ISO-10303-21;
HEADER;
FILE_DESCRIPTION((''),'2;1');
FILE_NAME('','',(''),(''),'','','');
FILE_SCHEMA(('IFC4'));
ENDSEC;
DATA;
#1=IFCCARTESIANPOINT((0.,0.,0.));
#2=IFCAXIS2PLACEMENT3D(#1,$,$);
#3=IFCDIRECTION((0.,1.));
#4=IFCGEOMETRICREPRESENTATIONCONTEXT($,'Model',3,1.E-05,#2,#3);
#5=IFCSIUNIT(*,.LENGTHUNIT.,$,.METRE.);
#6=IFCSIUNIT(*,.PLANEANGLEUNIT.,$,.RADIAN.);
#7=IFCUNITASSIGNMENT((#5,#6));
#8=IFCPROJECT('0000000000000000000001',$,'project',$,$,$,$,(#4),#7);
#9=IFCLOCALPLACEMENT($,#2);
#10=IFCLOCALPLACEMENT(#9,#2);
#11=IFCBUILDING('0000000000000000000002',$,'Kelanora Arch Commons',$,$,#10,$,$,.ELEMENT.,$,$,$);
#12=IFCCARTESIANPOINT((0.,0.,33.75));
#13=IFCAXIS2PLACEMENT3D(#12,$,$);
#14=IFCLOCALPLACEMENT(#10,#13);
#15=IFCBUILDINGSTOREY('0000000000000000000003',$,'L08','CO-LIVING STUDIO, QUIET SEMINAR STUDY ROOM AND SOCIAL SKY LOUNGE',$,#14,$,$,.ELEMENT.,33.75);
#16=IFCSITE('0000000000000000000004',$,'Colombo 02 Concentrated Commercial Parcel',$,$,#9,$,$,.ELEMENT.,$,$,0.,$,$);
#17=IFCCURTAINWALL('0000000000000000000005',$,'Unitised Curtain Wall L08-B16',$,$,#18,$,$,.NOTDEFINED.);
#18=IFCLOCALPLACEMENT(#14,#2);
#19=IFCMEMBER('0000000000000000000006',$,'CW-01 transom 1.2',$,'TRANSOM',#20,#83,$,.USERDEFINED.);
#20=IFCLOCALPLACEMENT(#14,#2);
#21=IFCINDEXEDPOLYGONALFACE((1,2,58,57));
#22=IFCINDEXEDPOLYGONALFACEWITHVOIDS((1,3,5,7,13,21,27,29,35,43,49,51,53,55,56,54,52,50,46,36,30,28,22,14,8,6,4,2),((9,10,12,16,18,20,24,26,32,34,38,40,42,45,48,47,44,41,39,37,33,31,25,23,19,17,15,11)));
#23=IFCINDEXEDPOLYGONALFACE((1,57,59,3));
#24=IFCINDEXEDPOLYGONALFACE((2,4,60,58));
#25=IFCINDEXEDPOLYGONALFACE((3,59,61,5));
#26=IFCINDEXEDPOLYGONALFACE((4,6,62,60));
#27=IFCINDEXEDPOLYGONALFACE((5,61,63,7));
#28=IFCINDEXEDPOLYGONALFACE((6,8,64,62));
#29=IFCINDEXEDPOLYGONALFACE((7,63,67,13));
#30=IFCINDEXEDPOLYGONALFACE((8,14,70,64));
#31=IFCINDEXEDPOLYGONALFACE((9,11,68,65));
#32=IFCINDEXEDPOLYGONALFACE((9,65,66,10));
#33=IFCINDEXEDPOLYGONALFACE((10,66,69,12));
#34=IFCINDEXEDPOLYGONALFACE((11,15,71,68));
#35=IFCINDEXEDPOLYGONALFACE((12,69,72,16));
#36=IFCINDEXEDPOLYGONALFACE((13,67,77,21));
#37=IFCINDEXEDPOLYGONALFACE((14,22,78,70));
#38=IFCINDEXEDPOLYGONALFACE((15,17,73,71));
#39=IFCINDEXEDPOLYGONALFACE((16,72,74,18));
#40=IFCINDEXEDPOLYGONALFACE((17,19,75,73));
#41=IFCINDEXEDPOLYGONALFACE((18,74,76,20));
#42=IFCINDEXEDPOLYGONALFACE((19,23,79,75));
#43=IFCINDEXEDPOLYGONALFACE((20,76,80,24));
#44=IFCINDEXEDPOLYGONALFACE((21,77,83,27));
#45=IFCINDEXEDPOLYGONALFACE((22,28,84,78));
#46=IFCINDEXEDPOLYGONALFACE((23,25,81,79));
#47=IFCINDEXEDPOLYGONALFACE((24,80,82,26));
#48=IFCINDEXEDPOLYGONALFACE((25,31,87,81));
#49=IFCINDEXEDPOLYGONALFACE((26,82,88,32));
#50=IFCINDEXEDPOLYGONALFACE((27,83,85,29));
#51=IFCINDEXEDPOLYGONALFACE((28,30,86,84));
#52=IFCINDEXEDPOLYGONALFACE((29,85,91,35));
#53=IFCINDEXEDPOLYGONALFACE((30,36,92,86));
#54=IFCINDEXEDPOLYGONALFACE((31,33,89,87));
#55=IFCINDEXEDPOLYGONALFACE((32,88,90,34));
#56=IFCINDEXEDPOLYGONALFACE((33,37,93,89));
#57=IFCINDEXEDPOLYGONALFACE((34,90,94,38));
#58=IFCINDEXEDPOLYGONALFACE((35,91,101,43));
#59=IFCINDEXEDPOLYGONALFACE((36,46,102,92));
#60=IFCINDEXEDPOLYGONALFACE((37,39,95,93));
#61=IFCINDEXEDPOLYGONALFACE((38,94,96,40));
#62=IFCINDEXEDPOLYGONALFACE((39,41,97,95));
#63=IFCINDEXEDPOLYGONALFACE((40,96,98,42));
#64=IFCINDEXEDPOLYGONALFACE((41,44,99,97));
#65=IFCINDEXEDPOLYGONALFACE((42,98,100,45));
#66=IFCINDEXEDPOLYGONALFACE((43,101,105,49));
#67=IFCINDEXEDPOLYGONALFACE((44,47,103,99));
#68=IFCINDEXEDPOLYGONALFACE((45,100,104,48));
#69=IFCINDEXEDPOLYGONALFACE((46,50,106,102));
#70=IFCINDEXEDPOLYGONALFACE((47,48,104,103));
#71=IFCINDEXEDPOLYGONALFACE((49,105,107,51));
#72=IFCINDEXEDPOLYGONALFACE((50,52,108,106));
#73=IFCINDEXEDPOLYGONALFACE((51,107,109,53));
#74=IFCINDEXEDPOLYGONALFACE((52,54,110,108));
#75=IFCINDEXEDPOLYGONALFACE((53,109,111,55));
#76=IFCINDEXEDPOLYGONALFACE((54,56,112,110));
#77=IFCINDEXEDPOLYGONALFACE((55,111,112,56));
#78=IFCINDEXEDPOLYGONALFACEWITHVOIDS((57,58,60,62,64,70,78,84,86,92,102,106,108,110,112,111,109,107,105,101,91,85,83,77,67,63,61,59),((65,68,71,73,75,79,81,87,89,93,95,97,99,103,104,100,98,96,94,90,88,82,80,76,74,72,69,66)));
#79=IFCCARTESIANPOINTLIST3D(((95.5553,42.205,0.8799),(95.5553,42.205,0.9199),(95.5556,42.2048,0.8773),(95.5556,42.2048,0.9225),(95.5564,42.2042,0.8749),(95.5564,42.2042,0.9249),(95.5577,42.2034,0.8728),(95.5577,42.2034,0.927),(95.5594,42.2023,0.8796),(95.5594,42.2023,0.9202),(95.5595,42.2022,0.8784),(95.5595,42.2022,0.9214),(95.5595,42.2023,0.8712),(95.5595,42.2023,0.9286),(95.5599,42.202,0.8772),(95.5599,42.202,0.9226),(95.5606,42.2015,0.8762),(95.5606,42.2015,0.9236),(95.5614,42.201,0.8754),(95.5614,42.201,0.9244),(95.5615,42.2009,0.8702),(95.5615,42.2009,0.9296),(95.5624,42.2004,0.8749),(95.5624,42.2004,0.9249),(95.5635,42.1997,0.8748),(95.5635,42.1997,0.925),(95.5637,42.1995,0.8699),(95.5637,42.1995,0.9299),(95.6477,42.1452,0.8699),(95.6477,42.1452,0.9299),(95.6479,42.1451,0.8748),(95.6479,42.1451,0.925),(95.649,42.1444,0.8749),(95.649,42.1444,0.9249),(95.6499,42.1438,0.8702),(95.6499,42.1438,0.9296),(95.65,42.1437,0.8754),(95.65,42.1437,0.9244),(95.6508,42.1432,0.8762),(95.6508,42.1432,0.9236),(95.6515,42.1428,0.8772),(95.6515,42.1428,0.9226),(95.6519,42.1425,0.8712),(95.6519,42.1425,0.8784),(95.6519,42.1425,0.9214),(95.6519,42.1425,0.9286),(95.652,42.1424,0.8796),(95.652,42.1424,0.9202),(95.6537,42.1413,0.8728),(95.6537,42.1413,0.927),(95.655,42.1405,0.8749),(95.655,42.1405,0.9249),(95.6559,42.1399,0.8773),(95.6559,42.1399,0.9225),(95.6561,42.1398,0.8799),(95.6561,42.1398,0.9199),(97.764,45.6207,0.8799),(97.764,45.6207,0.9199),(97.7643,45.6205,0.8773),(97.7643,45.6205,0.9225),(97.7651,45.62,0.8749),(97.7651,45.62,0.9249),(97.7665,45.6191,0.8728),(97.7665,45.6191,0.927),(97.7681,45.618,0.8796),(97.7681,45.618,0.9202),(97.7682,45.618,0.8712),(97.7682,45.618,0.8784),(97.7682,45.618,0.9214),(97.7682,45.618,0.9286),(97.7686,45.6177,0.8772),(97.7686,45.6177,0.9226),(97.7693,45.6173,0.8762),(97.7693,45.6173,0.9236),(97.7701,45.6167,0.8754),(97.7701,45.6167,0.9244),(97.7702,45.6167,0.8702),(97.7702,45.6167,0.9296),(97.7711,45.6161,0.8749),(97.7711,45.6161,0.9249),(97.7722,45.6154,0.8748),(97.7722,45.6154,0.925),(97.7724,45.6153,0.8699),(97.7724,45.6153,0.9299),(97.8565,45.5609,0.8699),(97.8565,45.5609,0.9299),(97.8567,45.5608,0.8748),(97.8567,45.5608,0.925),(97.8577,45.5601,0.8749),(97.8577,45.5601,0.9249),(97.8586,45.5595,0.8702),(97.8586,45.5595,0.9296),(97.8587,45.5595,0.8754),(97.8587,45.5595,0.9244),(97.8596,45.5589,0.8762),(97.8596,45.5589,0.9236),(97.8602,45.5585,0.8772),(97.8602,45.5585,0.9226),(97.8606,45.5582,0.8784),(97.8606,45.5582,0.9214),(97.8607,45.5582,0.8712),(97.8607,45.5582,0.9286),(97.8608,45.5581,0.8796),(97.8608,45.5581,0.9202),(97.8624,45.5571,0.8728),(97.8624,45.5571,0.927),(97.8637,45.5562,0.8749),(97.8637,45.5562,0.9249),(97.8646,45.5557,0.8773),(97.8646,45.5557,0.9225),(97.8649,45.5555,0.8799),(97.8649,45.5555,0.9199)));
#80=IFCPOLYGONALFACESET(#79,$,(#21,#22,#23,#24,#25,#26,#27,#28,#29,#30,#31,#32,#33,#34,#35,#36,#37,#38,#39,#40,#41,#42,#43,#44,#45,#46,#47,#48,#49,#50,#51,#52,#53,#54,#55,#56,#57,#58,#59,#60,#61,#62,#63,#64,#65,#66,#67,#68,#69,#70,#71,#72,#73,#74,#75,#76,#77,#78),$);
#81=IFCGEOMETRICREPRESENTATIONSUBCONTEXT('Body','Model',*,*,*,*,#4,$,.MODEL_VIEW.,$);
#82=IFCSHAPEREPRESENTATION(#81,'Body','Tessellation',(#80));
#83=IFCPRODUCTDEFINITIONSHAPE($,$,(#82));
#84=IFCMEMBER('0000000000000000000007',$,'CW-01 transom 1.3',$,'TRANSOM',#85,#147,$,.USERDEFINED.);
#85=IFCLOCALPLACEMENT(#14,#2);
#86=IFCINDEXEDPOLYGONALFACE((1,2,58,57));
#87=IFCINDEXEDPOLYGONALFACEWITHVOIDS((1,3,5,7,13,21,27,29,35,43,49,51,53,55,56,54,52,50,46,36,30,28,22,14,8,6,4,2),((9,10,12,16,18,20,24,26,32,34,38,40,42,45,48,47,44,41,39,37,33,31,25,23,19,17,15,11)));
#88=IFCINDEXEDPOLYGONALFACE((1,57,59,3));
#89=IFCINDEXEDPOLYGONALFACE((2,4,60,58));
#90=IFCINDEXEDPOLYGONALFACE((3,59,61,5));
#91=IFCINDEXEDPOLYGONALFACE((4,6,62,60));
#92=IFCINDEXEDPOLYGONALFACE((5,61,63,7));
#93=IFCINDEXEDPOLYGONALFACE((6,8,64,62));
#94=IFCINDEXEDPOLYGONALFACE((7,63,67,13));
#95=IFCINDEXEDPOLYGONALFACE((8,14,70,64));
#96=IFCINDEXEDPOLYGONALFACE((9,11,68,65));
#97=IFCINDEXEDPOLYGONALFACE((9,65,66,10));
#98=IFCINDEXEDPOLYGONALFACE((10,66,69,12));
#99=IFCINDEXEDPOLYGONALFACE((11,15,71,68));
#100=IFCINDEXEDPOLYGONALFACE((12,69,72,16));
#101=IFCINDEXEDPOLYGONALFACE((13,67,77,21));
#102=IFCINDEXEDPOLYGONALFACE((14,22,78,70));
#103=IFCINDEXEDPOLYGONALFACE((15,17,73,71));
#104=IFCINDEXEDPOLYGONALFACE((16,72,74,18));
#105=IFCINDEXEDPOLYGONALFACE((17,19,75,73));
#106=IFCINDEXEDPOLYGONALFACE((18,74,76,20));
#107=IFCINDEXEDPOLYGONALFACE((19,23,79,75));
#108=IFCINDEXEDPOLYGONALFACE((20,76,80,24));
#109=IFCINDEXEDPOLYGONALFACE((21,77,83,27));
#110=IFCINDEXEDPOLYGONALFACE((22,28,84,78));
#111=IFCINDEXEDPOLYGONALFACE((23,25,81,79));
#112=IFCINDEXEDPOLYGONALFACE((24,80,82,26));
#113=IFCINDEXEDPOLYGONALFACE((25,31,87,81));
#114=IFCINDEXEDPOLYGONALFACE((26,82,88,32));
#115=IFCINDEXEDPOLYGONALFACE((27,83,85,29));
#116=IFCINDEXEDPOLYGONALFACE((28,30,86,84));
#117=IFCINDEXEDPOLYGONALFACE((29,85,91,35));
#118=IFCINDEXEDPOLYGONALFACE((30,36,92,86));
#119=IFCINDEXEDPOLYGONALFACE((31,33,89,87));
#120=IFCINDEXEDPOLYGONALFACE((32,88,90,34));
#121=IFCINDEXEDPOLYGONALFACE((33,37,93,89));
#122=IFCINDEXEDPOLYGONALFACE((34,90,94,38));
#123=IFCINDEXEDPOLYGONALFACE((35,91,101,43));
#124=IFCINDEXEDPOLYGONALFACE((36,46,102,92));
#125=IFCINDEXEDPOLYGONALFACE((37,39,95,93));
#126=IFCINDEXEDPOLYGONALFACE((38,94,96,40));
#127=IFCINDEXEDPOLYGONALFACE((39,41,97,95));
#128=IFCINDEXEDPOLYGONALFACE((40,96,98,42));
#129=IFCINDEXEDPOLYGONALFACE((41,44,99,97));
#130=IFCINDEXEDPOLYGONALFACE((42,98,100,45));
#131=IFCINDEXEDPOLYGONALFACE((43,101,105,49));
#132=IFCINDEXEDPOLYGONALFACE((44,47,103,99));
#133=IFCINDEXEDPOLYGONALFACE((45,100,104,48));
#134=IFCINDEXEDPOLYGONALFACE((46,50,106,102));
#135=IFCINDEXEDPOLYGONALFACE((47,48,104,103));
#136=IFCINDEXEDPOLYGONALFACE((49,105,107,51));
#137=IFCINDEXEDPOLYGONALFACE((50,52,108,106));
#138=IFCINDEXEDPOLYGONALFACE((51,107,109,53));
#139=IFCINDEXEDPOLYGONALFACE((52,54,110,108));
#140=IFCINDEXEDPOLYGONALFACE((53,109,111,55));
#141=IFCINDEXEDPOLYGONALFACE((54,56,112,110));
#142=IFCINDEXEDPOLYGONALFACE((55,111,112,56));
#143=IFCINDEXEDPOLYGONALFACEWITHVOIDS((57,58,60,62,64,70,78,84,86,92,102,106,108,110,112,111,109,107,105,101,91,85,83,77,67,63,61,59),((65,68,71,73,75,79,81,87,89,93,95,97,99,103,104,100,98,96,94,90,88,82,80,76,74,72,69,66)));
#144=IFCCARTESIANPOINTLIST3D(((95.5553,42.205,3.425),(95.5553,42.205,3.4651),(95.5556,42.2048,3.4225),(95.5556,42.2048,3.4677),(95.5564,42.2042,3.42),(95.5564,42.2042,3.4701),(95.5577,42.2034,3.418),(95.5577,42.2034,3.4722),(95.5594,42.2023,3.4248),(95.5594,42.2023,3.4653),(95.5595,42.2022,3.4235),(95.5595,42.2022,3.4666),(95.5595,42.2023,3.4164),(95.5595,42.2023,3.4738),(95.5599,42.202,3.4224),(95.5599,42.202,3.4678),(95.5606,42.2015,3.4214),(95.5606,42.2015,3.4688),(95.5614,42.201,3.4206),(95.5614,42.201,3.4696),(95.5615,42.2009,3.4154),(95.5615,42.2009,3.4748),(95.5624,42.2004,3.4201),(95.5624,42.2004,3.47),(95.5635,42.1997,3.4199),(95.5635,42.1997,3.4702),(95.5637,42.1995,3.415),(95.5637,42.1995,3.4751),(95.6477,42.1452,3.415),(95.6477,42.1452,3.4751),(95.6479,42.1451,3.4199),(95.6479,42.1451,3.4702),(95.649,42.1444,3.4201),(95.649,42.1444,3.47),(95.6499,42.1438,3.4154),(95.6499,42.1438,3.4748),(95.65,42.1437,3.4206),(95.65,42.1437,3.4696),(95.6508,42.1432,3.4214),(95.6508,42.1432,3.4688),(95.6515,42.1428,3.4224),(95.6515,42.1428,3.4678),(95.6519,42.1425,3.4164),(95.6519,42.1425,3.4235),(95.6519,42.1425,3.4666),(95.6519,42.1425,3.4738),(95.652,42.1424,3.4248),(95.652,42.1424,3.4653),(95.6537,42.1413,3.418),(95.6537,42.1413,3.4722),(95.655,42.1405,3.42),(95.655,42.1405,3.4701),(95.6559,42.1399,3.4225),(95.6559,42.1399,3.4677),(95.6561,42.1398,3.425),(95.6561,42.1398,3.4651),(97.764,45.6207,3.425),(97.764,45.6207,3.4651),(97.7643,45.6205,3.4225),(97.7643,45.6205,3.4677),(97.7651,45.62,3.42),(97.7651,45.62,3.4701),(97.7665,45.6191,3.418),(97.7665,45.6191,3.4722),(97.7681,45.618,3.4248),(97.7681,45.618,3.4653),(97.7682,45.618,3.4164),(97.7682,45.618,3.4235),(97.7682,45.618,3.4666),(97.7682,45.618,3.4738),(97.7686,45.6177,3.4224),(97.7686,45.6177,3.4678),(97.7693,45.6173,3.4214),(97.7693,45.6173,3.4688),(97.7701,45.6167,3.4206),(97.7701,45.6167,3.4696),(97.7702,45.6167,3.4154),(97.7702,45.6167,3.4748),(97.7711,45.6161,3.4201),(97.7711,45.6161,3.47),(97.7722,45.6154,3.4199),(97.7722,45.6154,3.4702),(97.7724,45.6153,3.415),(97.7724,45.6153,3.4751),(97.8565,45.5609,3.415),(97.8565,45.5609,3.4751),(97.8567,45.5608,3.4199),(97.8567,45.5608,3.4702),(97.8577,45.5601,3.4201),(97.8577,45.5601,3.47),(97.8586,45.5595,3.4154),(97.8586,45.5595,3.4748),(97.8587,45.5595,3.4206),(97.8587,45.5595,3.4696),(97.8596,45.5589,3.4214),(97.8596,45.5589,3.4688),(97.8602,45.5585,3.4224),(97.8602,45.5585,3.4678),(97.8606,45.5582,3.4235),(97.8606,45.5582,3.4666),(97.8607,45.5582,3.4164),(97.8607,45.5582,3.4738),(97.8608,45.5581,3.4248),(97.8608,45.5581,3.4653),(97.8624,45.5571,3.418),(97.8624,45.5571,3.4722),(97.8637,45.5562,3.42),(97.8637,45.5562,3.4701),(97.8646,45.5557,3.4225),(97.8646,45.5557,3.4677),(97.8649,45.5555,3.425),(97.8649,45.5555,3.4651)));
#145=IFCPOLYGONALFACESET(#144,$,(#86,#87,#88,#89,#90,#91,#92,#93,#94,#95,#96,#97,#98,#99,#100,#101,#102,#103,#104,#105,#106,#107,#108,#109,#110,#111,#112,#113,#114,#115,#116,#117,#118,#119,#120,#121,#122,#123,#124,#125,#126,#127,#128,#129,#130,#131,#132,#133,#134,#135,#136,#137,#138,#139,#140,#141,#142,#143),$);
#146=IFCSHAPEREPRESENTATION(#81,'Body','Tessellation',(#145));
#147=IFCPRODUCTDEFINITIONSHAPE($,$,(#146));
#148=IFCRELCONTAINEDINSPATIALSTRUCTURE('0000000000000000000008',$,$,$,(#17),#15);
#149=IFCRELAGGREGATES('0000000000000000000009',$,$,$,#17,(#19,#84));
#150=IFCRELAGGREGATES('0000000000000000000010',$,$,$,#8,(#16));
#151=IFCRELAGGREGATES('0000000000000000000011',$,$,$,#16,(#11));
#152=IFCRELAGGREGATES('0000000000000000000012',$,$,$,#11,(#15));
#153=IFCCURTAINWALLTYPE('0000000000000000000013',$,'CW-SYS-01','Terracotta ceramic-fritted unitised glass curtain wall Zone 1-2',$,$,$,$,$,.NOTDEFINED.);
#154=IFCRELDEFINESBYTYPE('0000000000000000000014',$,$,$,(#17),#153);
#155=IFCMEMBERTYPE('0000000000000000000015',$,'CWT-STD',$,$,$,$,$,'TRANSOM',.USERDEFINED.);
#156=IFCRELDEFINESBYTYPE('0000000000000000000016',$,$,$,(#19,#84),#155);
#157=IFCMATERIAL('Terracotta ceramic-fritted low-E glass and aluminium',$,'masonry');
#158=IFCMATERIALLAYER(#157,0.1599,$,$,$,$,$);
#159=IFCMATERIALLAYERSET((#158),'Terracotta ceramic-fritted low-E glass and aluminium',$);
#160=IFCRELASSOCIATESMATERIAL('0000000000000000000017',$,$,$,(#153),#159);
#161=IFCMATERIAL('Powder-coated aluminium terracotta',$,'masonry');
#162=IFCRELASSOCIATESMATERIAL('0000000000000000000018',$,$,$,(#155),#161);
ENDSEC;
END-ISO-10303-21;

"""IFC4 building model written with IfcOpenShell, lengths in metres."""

from ifc_helpers import new_model, si_unit, direction, frame, origin, origin_2d, place, context, subcontext, project, spatial, hollow_rectangle, extrude, material, layer, layer_set, material_profile, profile_set, type_object, element, aggregate, save


model = new_model("IFC4")

# Units and contexts
model_context = context("Model", 3, precision=1e-05, world=origin(), true_north=direction((0.0, 1.0)))
body_context = subcontext(model_context, "Body", "Model", "MODEL_VIEW")
ifc_project = project(units=[si_unit("LENGTHUNIT", "METRE"), si_unit("PLANEANGLEUNIT", "RADIAN")], contexts=[model_context])

# Site, building, storey
site_placement = place(None, origin())
site = spatial("IfcSite", under=ifc_project, at=site_placement, Name="Colombo 02 Concentrated Commercial Parcel", CompositionType="ELEMENT", RefElevation=0.0)
building_placement = place(site_placement, origin())
building = spatial("IfcBuilding", under=site, at=building_placement, Name="Kelanora Arch Commons", CompositionType="ELEMENT")
storey_placement = place(building_placement, frame((0.0, 0.0, 33.75)))
storey = spatial("IfcBuildingStorey", under=building, at=storey_placement, Name="L08", Description="CO-LIVING STUDIO, QUIET SEMINAR STUDY ROOM AND SOCIAL SKY LOUNGE", CompositionType="ELEMENT", Elevation=33.75)

# Shared definitions
ifc_material_1 = material(Name="Terracotta ceramic-fritted low-E glass and aluminium", Category="masonry")
ifc_layer_1 = layer(ifc_material_1, 0.1599)
ifc_layer_set_1 = layer_set([ifc_layer_1], Name="Terracotta ceramic-fritted low-E glass and aluminium")
curtain_wall_type = type_object("IfcCurtainWallType", Name="CW-SYS-01", Description="Terracotta ceramic-fritted unitised glass curtain wall Zone 1-2", PredefinedType="NOTDEFINED", material=ifc_layer_set_1)
ifc_material_2 = material(Name="Powder-coated aluminium terracotta", Category="masonry")

# Curtain wall, members
curtain_wall_1_placement = place(storey_placement, origin())
curtain_wall_1 = element("IfcCurtainWall", 1, at=curtain_wall_1_placement, inside=storey, type_object=curtain_wall_type, Name="Unitised Curtain Wall L08-B16", PredefinedType="NOTDEFINED")
ifc_material_profile_1 = material_profile(ifc_material_2, hollow_rectangle(XDim=0.1201, YDim=0.0601, WallThickness=0.0049, InnerFilletRadius=0.0049, OuterFilletRadius=0.01, at=origin_2d()), Name="CWT120x60")
ifc_profile_set_1 = profile_set([ifc_material_profile_1], Name="Powder-coated aluminium terracotta")
member_type_1 = type_object("IfcMemberType", Name="CWT-STD", ElementType="TRANSOM", PredefinedType="USERDEFINED", material=ifc_profile_set_1)
member_1_placement = place(storey_placement, frame((95.6057, 42.1724, 0.8999), z_axis=(0.542997, 0.839734, 0.0), x_axis=(-0.839734, 0.542997, 0.0)))
member_1 = element("IfcMember", 2, at=member_1_placement, type_object=member_type_1, Name="CW-01 transom 1.2", ObjectType="TRANSOM", PredefinedType="USERDEFINED", context=body_context, shape_type="SweptSolid", body=[
    extrude(hollow_rectangle(XDim=0.1201, YDim=0.0601, WallThickness=0.0049, InnerFilletRadius=0.0049, OuterFilletRadius=0.01, at=origin_2d()), origin(), (0.0, 0.0, 1.0), 4.0676),
])
member_2_placement = place(storey_placement, frame((95.6057, 42.1724, 3.4451), z_axis=(0.542997, 0.839734, 0.0), x_axis=(-0.839734, 0.542997, 0.0)))
member_2 = element("IfcMember", 3, at=member_2_placement, type_object=member_type_1, Name="CW-01 transom 1.3", ObjectType="TRANSOM", PredefinedType="USERDEFINED", context=body_context, shape_type="SweptSolid", body=[
    extrude(hollow_rectangle(XDim=0.1201, YDim=0.0601, WallThickness=0.0049, InnerFilletRadius=0.0049, OuterFilletRadius=0.01, at=origin_2d()), origin(), (0.0, 0.0, 1.0), 4.0676),
])
aggregate(curtain_wall_1, [member_1, member_2])

save(model, "model.ifc")
